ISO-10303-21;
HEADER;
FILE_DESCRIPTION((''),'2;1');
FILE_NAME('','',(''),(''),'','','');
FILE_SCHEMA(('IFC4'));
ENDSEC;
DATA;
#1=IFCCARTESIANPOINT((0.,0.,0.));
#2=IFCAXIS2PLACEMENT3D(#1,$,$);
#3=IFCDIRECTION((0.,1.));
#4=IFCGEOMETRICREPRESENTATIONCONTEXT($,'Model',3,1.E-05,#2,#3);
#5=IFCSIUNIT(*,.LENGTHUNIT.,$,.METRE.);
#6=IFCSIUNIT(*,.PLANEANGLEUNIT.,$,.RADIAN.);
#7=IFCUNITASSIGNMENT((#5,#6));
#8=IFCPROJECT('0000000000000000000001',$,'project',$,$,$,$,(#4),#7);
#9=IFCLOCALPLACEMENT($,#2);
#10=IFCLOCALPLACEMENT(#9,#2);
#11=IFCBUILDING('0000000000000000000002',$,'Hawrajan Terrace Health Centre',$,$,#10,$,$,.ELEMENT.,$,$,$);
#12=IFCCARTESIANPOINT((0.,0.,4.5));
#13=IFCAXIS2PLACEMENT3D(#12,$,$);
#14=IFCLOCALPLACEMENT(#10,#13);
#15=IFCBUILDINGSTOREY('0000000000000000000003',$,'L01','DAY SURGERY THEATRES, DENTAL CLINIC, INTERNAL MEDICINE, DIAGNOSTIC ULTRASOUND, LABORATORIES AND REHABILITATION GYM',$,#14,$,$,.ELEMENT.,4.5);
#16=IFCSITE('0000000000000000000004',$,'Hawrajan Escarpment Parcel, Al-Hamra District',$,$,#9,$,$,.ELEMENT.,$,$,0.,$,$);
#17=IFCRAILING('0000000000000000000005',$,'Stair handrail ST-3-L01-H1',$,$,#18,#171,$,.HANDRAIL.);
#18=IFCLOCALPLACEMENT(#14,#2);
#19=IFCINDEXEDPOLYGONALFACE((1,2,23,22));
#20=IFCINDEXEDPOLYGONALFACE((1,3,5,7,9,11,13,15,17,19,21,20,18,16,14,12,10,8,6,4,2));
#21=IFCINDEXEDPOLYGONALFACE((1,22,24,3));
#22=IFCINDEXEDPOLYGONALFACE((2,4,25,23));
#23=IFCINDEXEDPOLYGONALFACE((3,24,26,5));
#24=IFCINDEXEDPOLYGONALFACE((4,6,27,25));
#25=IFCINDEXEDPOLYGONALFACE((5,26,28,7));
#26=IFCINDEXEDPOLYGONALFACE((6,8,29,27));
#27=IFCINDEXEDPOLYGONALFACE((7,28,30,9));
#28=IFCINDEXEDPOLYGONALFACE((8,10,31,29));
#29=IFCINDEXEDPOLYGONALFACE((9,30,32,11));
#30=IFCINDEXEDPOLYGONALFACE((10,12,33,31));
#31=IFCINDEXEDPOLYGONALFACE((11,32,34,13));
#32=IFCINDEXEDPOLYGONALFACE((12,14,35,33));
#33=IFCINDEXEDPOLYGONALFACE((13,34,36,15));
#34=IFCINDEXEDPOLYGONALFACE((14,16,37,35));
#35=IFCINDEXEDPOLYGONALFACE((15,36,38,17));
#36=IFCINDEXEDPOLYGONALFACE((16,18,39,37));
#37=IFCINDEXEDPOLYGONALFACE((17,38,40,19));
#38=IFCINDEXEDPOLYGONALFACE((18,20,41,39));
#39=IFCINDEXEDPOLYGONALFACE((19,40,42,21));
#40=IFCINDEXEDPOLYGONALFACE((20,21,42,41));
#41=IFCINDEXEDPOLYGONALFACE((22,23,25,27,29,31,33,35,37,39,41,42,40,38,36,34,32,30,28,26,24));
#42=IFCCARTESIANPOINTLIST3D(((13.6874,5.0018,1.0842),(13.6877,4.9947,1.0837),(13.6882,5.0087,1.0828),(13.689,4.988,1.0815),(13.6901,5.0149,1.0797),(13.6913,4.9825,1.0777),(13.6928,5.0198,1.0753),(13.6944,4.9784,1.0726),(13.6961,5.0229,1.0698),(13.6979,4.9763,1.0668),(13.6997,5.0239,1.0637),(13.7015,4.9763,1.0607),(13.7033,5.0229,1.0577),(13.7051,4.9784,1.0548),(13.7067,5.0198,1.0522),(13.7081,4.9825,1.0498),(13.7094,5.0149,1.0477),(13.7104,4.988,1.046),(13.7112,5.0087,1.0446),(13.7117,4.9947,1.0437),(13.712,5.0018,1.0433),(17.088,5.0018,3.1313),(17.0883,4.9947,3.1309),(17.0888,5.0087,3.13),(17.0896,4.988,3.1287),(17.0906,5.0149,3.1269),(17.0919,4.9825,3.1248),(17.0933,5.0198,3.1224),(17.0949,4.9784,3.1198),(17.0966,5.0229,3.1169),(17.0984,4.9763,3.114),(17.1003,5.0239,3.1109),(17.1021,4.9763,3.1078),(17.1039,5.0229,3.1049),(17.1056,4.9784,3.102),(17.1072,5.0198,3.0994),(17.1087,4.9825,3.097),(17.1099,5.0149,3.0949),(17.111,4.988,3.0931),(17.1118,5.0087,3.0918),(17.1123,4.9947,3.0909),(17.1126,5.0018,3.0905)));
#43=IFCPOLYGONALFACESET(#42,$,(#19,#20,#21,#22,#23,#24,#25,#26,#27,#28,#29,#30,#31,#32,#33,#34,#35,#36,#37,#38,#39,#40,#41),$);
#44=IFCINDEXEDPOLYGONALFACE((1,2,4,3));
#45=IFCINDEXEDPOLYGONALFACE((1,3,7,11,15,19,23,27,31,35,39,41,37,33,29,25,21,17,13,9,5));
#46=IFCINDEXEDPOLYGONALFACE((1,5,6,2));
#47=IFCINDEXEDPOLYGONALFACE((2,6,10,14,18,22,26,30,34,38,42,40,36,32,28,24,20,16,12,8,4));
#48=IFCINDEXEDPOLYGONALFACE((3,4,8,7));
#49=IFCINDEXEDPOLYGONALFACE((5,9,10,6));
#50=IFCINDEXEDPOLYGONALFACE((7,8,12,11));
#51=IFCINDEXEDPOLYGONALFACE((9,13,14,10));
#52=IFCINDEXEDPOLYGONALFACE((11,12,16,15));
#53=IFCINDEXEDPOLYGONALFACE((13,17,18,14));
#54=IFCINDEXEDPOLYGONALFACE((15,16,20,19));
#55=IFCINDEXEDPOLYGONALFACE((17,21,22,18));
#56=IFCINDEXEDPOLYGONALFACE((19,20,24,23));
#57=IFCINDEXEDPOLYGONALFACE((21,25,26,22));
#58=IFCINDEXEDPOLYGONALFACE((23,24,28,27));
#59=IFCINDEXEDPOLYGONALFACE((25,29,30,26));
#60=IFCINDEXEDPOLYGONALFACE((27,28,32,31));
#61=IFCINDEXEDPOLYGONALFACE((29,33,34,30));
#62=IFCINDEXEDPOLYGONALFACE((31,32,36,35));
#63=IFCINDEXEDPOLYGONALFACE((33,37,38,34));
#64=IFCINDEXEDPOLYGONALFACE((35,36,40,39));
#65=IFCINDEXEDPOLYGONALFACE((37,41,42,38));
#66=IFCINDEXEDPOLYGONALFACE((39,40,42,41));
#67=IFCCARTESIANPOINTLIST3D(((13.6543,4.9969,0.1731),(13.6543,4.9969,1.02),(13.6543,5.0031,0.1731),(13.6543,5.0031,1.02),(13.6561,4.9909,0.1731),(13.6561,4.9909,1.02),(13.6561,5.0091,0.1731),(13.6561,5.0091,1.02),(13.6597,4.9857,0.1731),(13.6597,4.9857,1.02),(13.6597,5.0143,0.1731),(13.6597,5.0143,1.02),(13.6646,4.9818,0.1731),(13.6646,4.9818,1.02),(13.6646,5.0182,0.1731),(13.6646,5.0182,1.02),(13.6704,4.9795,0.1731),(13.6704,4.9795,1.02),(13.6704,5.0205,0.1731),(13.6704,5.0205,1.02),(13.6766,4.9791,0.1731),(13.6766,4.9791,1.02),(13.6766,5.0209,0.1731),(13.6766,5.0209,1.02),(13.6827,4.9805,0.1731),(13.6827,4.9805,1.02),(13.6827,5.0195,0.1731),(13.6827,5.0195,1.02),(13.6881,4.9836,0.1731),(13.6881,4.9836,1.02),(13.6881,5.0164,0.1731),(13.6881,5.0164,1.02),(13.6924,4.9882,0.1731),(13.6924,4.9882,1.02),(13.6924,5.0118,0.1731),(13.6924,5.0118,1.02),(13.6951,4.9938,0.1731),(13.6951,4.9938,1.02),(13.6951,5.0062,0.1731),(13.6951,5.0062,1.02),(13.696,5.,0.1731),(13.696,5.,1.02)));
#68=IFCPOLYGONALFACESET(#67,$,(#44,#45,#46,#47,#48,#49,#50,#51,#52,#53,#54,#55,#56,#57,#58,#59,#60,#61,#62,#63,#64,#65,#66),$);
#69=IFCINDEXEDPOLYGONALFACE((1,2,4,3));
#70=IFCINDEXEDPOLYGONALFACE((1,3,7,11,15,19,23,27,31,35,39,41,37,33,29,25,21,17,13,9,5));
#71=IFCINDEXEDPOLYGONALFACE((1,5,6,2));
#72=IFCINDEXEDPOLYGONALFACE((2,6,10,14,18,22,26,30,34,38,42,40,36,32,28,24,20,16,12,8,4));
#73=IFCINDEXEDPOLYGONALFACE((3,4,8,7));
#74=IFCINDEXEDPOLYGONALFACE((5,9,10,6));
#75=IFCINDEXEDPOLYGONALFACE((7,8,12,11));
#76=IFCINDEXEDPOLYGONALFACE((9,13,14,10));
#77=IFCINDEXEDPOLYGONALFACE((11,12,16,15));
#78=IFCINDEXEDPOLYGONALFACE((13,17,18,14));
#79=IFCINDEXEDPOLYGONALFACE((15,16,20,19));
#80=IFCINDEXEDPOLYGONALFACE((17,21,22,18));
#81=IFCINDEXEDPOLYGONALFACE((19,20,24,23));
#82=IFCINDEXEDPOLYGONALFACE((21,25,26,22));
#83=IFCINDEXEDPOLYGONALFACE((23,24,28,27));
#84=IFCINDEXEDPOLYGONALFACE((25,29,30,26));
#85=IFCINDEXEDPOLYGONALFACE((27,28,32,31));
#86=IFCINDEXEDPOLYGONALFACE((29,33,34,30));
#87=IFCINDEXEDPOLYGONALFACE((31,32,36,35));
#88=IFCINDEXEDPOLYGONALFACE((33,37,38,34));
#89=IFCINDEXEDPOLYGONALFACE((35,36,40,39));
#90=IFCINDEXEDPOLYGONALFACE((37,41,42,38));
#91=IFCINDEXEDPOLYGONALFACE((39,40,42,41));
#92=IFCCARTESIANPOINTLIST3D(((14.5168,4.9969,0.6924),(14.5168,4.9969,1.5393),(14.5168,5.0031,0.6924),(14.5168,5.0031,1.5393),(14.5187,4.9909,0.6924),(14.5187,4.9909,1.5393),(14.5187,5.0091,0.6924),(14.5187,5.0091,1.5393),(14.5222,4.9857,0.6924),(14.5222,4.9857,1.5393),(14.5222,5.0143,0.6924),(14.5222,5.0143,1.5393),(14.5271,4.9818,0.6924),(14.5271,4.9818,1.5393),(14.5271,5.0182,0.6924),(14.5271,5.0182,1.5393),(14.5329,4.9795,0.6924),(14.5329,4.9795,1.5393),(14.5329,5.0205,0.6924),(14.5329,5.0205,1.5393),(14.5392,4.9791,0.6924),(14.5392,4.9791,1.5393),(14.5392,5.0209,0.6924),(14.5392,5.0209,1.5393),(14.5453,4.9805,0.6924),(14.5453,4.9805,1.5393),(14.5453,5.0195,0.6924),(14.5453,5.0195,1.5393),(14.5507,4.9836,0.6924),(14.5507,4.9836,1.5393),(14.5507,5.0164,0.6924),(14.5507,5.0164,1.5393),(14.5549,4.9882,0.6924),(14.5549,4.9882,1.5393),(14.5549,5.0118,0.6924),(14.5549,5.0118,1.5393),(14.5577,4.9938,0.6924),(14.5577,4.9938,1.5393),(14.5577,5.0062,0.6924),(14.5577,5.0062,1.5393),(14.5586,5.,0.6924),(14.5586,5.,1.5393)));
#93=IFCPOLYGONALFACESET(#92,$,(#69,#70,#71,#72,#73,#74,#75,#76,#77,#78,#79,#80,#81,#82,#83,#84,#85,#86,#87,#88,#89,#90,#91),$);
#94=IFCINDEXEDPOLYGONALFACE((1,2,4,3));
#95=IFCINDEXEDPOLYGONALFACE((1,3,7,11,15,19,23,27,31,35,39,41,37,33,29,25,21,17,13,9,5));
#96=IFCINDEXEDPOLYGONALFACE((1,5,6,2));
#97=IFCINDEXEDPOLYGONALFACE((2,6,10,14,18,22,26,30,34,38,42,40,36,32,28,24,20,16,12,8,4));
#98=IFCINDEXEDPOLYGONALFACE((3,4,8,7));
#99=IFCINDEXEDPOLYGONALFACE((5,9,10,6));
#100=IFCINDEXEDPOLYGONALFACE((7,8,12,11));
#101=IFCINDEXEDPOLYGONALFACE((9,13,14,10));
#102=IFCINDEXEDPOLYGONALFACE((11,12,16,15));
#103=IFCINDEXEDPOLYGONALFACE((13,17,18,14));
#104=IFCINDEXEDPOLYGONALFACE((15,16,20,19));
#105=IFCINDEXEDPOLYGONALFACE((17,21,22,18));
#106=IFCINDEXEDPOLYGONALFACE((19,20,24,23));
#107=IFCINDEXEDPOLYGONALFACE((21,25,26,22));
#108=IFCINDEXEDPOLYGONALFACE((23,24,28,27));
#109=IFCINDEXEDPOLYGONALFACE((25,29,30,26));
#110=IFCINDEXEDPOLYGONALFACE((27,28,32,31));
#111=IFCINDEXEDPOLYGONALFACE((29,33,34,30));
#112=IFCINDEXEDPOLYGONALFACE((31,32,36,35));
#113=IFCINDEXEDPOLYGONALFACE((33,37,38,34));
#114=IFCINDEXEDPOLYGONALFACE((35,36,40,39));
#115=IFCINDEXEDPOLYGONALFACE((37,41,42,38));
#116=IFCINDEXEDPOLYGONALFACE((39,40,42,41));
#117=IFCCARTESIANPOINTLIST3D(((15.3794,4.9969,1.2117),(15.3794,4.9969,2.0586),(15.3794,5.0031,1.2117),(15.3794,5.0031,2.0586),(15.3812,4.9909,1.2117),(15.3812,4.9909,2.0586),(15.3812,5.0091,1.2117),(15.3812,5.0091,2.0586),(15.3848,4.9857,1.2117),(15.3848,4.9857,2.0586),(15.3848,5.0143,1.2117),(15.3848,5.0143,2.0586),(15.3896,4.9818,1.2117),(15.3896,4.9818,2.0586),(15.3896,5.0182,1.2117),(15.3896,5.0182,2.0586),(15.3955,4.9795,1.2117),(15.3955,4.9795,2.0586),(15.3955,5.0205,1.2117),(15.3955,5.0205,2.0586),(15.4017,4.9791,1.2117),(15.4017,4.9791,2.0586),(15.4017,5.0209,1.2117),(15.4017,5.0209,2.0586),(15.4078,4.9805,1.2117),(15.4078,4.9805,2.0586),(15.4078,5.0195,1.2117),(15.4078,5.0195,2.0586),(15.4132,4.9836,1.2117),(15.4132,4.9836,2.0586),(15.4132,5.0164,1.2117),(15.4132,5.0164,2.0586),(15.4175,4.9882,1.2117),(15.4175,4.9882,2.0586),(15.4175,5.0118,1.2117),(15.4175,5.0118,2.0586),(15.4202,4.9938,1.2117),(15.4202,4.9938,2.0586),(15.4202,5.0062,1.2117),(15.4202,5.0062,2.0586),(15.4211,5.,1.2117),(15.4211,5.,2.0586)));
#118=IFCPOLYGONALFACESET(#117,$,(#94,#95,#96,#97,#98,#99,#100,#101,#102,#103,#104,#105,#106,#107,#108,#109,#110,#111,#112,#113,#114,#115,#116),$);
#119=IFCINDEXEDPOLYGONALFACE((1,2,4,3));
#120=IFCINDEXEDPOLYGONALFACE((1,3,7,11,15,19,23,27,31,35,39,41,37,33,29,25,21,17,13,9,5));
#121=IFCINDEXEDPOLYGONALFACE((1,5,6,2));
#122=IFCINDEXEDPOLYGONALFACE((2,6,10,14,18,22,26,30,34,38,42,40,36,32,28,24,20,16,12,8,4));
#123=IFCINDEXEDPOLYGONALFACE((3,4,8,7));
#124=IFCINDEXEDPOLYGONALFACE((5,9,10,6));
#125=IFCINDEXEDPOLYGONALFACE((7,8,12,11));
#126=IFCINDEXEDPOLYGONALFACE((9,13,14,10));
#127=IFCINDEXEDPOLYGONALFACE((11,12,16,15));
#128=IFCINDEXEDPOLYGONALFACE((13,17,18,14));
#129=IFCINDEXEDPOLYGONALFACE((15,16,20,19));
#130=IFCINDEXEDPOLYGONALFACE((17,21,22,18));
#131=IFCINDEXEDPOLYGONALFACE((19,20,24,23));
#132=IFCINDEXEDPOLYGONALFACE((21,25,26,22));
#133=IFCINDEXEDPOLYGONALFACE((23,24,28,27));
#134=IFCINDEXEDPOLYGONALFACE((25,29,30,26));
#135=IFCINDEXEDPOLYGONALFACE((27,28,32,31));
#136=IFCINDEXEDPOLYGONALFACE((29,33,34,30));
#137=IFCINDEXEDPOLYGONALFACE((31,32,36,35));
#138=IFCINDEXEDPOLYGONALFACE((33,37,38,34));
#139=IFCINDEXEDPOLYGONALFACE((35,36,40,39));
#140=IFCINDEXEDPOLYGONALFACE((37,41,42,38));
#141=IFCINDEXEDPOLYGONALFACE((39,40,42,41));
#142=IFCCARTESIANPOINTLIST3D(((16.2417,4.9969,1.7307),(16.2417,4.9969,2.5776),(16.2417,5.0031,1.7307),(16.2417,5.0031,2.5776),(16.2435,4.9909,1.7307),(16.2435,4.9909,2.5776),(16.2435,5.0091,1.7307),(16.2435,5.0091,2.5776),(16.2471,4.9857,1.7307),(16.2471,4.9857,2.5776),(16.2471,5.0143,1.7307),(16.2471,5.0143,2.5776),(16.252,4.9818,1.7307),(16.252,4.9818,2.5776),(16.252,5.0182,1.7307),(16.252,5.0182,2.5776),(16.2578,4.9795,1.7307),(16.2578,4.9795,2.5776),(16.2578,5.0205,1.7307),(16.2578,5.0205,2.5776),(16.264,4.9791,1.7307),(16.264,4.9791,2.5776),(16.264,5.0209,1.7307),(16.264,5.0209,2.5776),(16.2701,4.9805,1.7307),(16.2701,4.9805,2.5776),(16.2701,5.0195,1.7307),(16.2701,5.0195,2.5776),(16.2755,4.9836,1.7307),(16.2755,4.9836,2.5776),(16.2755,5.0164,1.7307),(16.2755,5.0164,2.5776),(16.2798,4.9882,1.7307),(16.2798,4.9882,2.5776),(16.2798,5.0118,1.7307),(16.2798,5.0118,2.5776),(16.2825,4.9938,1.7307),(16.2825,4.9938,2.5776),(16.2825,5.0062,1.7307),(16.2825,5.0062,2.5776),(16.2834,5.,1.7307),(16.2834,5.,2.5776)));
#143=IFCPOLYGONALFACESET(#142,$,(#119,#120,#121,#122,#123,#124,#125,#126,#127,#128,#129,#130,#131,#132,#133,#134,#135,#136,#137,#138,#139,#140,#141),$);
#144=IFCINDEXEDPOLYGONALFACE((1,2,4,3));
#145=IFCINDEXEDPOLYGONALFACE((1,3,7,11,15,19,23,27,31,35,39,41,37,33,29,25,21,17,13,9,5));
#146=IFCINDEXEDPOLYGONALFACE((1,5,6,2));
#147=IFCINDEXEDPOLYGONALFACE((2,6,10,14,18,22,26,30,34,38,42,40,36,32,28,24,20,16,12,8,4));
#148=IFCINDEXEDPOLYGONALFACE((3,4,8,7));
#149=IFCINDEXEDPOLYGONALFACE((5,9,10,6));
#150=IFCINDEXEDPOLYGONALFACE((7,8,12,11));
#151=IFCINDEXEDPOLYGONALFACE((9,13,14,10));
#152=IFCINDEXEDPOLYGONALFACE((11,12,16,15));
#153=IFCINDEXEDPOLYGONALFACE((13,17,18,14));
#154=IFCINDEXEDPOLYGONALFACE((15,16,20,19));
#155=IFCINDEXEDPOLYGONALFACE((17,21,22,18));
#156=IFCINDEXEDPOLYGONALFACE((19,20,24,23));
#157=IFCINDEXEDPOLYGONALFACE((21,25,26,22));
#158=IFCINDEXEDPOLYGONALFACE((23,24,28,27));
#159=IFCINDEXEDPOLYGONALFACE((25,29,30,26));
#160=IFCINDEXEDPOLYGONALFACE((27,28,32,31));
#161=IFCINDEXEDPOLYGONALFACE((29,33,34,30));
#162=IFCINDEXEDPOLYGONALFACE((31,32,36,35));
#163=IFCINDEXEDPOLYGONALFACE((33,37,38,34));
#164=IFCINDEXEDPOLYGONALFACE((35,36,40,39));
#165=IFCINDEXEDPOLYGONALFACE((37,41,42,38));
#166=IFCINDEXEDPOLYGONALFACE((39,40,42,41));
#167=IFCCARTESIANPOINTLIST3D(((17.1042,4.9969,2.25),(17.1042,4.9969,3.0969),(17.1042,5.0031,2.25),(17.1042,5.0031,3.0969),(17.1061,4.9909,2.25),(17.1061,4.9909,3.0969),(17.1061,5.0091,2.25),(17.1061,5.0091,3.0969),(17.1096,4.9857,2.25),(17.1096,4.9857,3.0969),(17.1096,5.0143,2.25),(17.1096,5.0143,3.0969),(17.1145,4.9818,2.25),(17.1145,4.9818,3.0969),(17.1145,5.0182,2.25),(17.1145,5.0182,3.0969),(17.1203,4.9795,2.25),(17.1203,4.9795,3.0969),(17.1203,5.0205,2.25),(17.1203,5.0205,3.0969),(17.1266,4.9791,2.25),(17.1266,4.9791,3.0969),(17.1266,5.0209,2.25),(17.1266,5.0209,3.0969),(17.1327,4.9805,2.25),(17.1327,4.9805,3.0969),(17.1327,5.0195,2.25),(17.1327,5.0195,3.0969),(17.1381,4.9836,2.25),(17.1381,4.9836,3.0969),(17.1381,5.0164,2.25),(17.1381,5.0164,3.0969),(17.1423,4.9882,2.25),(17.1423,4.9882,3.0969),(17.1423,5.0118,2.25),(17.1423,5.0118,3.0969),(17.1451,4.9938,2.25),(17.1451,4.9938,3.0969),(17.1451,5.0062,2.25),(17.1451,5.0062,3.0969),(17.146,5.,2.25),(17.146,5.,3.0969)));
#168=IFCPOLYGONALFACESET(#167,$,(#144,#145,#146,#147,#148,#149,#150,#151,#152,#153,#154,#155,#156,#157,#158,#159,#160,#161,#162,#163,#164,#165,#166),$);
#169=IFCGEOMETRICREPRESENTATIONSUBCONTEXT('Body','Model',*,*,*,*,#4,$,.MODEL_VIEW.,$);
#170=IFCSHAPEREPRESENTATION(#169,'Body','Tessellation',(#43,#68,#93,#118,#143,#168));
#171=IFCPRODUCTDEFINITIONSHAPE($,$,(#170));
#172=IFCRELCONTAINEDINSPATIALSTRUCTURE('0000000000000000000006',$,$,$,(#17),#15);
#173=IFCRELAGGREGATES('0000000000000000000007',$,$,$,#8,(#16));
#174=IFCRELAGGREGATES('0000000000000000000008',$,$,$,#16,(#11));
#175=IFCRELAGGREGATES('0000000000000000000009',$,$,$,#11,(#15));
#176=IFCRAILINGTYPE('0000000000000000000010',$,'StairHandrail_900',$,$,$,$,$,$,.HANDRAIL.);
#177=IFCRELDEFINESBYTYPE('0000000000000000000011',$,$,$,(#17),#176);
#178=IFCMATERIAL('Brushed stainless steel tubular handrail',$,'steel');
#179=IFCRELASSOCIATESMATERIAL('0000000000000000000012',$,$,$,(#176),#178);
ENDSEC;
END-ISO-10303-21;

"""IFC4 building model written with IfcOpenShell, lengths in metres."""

from ifc_helpers import new_model, si_unit, direction, frame, origin, origin_2d, place, context, subcontext, project, spatial, circle, extrude, material, type_object, element, save


model = new_model("IFC4")

# Units and contexts
model_context = context("Model", 3, precision=1e-05, world=origin(), true_north=direction((0.0, 1.0)))
body_context = subcontext(model_context, "Body", "Model", "MODEL_VIEW")
ifc_project = project(units=[si_unit("LENGTHUNIT", "METRE"), si_unit("PLANEANGLEUNIT", "RADIAN")], contexts=[model_context])

# Site, building, storey
site_placement = place(None, origin())
site = spatial("IfcSite", under=ifc_project, at=site_placement, Name="Hawrajan Escarpment Parcel, Al-Hamra District", CompositionType="ELEMENT", RefElevation=0.0)
building_placement = place(site_placement, origin())
building = spatial("IfcBuilding", under=site, at=building_placement, Name="Hawrajan Terrace Health Centre", CompositionType="ELEMENT")
storey_placement = place(building_placement, frame((0.0, 0.0, 4.5)))
storey = spatial("IfcBuildingStorey", under=building, at=storey_placement, Name="L01", Description="DAY SURGERY THEATRES, DENTAL CLINIC, INTERNAL MEDICINE, DIAGNOSTIC ULTRASOUND, LABORATORIES AND REHABILITATION GYM", CompositionType="ELEMENT", Elevation=4.5)

# Railing
ifc_material_1 = material(Name="Brushed stainless steel tubular handrail", Category="steel")
railing_type_1 = type_object("IfcRailingType", Name="StairHandrail_900", PredefinedType="HANDRAIL", material=ifc_material_1)
railing_1_placement = place(storey_placement, frame((13.675, 5.0, 0.1731)))
element("IfcRailing", 1, at=railing_1_placement, inside=storey, type_object=railing_type_1, Name="Stair handrail ST-3-L01-H1", PredefinedType="HANDRAIL", context=body_context, shape_type="SweptSolid", body=[
    extrude(circle(Radius=0.0239, at=origin_2d()), frame((0.0247, 0.0, 0.8906), z_axis=(0.856732, 0.0, 0.515761), x_axis=(0.0, 1.0, 0.0)), (0.0, 0.0, 1.0), 3.9692),
    extrude(circle(Radius=0.021, at=origin_2d()), origin(), (0.0, 0.0, 1.0), 0.8469),
    extrude(circle(Radius=0.021, at=origin_2d()), frame((0.8625, 0.0, 0.5193)), (0.0, 0.0, 1.0), 0.8469),
    extrude(circle(Radius=0.021, at=origin_2d()), frame((1.7251, 0.0, 1.0386)), (0.0, 0.0, 1.0), 0.8469),
    extrude(circle(Radius=0.021, at=origin_2d()), frame((2.5874, 0.0, 1.5576)), (0.0, 0.0, 1.0), 0.8469),
    extrude(circle(Radius=0.021, at=origin_2d()), frame((3.45, 0.0, 2.0769)), (0.0, 0.0, 1.0), 0.8469),
])

save(model, "model.ifc")
